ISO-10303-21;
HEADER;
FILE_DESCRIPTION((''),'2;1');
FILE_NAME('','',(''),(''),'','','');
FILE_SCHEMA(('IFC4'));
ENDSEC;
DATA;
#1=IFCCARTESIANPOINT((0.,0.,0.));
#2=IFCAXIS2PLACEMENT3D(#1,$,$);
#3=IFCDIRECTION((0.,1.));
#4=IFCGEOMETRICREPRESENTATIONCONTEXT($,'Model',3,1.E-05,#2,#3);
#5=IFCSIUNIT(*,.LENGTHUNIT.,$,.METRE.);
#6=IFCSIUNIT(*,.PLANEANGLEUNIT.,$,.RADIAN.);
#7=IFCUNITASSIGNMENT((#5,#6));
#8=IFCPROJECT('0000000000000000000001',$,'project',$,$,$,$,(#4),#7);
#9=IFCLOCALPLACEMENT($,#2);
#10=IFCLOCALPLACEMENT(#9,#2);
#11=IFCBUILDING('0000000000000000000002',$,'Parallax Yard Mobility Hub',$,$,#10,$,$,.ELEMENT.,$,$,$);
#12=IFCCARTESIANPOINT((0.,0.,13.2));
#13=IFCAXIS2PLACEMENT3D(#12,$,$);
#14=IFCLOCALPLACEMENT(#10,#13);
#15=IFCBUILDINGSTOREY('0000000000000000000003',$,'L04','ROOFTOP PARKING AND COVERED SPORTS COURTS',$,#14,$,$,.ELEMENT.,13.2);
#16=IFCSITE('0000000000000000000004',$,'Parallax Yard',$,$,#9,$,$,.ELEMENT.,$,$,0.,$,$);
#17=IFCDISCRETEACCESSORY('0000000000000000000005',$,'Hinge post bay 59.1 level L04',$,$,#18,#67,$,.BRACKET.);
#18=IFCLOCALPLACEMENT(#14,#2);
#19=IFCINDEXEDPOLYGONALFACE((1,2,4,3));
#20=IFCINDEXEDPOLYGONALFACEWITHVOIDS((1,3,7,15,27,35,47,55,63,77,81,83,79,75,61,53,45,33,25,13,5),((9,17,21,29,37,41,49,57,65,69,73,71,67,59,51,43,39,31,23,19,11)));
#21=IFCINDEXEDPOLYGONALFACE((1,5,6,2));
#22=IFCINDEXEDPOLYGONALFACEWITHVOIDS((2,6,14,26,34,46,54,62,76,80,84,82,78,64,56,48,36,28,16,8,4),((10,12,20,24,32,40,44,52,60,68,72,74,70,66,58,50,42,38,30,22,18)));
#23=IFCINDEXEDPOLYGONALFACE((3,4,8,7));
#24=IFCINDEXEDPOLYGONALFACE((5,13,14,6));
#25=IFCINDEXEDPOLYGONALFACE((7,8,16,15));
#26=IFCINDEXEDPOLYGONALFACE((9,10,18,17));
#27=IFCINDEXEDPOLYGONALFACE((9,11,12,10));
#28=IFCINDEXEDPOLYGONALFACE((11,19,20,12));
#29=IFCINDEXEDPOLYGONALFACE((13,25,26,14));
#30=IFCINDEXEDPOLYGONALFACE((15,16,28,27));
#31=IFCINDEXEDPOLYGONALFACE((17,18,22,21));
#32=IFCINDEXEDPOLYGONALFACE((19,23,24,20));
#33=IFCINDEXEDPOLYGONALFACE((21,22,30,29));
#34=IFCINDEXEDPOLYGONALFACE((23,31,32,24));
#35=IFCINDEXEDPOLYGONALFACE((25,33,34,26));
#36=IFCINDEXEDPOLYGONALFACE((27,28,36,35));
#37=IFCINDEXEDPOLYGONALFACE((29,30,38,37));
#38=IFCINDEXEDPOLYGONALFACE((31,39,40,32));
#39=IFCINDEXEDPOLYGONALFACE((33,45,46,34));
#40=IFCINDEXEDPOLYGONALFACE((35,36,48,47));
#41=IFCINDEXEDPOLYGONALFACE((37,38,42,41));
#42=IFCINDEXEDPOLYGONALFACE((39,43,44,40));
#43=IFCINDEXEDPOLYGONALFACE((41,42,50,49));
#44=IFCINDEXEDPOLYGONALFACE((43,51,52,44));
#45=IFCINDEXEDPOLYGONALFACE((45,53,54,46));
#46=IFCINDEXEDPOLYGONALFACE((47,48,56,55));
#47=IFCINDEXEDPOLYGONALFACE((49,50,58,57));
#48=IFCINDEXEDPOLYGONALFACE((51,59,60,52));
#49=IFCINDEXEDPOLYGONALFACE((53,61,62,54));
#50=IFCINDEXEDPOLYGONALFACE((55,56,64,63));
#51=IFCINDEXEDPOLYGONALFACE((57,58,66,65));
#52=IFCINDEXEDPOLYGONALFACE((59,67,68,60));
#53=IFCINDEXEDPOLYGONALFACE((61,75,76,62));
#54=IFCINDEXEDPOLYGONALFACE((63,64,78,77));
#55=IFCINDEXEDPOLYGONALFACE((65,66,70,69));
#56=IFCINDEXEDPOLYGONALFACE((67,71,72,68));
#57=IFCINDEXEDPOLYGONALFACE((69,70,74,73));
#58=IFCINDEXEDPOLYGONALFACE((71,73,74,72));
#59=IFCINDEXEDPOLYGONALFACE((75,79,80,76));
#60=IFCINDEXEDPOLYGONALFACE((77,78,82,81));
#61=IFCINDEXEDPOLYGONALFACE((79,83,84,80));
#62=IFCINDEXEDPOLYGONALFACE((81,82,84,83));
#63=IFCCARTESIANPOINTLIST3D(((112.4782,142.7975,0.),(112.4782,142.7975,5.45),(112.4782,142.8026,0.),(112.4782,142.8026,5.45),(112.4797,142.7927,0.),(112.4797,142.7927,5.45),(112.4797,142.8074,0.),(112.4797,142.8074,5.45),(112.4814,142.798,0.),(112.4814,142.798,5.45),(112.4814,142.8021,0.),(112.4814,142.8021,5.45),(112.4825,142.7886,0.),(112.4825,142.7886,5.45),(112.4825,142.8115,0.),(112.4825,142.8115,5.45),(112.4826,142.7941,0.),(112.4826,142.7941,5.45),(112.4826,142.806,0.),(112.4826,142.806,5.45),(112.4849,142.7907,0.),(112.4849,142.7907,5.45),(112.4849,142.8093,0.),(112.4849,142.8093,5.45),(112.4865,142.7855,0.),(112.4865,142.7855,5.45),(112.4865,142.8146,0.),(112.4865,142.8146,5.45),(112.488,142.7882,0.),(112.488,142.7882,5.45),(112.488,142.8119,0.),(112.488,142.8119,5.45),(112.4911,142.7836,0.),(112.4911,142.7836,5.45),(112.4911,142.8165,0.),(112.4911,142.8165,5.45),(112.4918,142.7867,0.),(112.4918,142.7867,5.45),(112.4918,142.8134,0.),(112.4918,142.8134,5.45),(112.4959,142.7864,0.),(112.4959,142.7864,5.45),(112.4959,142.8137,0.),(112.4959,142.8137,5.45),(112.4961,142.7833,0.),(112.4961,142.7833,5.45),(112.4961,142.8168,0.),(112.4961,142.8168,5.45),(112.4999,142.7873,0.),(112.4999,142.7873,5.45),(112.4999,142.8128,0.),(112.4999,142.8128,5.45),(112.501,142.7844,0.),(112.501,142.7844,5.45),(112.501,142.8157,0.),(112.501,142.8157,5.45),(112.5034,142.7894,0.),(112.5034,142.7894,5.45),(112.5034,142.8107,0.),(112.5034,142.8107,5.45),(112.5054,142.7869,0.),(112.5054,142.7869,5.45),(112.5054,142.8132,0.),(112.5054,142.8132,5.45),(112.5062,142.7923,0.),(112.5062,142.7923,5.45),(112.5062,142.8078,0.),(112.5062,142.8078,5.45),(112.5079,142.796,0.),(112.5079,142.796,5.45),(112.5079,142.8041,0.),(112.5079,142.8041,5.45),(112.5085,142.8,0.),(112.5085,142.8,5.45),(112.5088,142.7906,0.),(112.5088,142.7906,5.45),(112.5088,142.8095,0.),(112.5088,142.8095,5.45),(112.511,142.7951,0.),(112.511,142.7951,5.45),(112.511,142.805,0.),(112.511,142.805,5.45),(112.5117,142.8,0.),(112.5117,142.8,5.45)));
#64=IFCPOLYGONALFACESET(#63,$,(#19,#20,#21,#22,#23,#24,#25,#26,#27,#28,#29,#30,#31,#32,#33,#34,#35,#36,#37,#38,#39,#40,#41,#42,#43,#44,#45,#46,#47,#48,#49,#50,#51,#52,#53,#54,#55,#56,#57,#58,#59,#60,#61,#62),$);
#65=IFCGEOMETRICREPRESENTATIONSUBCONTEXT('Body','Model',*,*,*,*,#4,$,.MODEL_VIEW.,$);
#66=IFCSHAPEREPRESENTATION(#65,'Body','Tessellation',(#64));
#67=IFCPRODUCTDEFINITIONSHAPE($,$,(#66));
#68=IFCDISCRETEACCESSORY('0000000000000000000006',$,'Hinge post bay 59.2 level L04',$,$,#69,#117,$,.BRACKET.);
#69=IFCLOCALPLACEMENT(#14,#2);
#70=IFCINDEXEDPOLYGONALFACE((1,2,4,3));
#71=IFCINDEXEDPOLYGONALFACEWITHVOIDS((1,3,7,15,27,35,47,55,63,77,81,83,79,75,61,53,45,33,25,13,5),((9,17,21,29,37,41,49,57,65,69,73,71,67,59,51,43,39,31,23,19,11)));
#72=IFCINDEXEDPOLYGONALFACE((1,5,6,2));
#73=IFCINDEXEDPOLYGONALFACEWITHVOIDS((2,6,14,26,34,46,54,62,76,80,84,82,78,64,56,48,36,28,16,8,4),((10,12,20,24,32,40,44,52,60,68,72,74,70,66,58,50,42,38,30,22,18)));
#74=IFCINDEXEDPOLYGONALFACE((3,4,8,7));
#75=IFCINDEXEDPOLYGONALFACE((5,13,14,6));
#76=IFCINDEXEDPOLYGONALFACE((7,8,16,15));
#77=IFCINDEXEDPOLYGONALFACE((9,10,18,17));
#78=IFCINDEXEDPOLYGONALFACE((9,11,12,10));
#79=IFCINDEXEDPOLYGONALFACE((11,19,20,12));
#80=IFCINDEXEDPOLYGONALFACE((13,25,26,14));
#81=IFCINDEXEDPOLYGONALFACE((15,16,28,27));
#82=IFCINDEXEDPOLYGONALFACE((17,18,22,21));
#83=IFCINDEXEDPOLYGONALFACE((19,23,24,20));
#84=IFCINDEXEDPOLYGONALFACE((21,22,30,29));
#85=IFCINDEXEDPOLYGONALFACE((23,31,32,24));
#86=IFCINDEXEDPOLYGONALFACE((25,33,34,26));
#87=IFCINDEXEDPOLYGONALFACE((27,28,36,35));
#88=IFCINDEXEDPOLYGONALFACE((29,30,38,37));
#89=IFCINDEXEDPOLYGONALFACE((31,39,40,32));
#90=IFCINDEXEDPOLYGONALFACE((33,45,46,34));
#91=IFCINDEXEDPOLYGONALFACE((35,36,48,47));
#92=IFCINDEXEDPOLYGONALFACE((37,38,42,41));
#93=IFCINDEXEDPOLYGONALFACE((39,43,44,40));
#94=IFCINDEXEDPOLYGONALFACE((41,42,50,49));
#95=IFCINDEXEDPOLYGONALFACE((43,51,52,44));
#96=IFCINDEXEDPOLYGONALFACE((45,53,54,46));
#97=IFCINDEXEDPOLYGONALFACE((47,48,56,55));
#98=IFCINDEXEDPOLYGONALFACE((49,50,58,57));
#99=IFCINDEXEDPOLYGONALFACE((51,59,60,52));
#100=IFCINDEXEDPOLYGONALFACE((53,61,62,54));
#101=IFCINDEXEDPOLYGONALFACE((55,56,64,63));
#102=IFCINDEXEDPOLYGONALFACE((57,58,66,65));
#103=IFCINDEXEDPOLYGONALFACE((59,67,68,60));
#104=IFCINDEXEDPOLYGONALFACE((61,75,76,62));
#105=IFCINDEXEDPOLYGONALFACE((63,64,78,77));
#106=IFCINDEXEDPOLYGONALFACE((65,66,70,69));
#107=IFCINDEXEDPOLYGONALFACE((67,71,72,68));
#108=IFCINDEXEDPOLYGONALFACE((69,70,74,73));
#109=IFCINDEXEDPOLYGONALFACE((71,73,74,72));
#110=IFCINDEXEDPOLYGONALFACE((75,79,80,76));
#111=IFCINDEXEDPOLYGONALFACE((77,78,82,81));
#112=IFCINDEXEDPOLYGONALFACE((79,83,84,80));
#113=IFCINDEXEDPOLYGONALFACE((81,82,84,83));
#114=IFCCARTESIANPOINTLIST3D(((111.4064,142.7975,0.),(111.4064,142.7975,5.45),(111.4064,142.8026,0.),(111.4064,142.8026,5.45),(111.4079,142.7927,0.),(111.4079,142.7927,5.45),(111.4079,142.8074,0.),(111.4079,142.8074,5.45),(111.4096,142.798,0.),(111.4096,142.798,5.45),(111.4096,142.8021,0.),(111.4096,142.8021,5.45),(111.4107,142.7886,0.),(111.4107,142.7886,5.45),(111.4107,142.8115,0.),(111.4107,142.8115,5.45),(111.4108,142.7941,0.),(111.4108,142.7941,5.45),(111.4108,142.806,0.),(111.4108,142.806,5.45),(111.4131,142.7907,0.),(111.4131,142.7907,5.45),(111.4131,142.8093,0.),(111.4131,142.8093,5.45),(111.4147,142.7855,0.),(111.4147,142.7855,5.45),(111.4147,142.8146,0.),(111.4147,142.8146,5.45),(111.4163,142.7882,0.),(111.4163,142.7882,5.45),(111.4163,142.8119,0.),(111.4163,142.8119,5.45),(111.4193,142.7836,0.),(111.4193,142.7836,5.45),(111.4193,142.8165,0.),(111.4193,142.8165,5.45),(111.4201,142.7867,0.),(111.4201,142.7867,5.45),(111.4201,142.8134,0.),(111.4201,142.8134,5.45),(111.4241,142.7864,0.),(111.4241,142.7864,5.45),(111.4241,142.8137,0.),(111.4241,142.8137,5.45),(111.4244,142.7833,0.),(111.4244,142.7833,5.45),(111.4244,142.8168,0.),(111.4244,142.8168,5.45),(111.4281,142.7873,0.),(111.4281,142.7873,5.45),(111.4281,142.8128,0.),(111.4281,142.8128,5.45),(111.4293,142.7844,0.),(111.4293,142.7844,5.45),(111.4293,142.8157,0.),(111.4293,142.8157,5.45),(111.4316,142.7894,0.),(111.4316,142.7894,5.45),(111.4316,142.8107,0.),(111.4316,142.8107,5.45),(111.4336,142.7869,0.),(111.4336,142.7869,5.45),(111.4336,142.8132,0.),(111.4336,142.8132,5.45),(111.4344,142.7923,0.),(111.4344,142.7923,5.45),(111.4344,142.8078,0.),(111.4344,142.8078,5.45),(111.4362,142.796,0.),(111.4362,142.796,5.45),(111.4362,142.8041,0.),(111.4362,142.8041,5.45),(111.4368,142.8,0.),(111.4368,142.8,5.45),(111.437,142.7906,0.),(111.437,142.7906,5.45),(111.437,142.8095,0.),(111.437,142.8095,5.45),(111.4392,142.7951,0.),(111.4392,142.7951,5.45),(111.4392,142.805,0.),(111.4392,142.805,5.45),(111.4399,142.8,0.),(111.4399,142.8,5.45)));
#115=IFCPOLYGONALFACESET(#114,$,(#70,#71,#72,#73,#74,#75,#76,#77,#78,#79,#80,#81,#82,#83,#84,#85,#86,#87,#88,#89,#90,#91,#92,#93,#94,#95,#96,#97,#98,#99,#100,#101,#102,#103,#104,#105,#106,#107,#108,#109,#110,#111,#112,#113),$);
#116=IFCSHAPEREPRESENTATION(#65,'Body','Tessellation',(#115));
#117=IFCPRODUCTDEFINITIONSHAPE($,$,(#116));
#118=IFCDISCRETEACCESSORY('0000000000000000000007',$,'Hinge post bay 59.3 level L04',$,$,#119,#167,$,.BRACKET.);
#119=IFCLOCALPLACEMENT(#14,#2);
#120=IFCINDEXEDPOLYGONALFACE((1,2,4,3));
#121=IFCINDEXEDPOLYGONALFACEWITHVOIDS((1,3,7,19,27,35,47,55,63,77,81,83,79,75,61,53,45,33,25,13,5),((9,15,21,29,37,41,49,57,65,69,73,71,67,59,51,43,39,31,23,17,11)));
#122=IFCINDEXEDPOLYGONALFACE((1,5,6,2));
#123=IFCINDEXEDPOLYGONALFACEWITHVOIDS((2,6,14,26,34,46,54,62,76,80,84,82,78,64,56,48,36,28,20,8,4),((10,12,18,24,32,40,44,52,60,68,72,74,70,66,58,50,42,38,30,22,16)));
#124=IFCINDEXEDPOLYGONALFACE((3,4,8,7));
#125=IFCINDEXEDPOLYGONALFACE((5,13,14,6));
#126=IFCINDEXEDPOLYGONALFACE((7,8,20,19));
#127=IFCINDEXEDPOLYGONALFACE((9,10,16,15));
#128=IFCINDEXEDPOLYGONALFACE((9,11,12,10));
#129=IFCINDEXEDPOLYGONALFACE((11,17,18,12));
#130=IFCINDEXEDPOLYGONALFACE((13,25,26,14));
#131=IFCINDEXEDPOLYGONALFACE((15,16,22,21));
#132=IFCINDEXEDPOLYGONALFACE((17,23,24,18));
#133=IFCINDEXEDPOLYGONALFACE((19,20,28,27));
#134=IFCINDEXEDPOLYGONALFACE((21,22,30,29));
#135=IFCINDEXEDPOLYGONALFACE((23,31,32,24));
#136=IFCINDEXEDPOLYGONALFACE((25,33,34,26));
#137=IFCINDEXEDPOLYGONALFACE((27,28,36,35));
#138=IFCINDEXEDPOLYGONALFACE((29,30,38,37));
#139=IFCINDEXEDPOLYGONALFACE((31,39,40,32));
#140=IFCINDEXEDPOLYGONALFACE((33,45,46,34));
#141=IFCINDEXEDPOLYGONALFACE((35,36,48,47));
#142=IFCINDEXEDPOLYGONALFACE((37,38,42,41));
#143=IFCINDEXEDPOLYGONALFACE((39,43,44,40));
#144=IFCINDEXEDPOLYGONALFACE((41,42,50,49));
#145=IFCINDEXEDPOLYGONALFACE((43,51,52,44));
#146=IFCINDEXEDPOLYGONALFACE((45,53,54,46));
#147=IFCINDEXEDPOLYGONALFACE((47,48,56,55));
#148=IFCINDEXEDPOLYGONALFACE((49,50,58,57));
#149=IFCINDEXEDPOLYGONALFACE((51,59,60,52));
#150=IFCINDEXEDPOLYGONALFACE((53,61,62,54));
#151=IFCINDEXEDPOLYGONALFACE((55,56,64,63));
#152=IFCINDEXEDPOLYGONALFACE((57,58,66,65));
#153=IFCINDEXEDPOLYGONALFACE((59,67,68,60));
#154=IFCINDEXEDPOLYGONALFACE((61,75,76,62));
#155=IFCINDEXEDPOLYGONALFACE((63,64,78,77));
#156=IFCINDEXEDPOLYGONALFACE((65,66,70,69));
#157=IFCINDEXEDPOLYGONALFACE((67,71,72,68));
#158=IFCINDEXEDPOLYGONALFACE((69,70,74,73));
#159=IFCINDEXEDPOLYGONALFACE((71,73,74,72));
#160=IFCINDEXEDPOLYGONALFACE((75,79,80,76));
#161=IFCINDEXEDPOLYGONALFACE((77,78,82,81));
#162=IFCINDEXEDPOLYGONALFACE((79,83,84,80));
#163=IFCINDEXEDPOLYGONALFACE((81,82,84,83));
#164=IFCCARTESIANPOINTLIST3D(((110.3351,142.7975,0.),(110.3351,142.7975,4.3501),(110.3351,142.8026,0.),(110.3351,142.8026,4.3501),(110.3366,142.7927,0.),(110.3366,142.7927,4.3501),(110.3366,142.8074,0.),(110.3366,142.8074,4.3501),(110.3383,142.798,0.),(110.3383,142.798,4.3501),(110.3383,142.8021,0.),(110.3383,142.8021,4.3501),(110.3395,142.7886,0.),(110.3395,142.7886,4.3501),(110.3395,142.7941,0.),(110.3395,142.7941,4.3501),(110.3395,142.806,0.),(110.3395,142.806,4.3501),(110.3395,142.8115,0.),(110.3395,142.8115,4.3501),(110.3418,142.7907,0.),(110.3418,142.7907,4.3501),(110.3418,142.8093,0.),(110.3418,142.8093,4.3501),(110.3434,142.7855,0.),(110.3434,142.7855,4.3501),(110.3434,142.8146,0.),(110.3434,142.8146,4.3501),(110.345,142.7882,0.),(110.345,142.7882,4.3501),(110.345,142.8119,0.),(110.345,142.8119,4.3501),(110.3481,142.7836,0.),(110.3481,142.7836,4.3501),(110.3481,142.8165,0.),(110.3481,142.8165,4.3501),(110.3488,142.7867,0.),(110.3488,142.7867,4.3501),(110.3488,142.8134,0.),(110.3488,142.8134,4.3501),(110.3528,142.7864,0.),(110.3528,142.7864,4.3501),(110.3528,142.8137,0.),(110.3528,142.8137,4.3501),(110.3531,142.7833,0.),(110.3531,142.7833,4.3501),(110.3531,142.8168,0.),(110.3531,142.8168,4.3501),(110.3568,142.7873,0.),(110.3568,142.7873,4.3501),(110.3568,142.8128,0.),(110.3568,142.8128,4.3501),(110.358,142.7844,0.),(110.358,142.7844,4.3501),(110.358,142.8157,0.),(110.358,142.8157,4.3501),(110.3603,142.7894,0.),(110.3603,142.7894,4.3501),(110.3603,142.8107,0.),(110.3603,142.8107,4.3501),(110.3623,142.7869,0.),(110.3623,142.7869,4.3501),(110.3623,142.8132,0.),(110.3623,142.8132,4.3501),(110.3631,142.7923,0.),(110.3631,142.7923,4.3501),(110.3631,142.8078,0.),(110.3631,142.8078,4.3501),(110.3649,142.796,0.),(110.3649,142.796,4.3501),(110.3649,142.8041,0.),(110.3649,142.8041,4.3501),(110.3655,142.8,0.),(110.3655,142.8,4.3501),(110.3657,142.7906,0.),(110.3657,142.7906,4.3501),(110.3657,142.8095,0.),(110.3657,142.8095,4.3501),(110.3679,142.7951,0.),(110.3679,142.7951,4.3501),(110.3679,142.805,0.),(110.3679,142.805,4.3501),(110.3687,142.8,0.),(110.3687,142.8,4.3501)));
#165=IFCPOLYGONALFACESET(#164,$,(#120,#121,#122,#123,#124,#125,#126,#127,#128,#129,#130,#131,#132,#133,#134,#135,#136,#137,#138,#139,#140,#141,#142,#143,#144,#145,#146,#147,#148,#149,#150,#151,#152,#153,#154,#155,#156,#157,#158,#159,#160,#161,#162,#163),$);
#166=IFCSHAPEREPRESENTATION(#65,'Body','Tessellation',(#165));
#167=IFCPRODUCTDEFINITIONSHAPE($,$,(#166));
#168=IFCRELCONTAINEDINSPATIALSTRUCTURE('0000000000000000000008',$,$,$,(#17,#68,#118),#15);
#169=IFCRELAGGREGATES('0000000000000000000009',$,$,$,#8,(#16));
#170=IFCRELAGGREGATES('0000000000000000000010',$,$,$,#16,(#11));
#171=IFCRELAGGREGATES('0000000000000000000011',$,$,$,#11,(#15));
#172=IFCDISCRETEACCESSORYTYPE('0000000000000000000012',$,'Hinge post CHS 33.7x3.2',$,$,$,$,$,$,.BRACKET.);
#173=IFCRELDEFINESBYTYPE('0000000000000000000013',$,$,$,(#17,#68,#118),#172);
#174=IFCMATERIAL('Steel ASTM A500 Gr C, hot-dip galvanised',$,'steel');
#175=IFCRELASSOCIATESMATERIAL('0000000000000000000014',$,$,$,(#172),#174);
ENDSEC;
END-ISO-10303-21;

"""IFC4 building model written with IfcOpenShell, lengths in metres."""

from ifc_helpers import new_model, si_unit, direction, frame, origin, origin_2d, place, context, subcontext, project, spatial, hollow_circle, extrude, material, material_profile, profile_set, type_object, element, save


model = new_model("IFC4")

# Units and contexts
model_context = context("Model", 3, precision=1e-05, world=origin(), true_north=direction((0.0, 1.0)))
body_context = subcontext(model_context, "Body", "Model", "MODEL_VIEW")
ifc_project = project(units=[si_unit("LENGTHUNIT", "METRE"), si_unit("PLANEANGLEUNIT", "RADIAN")], contexts=[model_context])

# Site, building, storey
site_placement = place(None, origin())
site = spatial("IfcSite", under=ifc_project, at=site_placement, Name="Parallax Yard", CompositionType="ELEMENT", RefElevation=0.0)
building_placement = place(site_placement, origin())
building = spatial("IfcBuilding", under=site, at=building_placement, Name="Parallax Yard Mobility Hub", CompositionType="ELEMENT")
storey_placement = place(building_placement, frame((0.0, 0.0, 13.2)))
storey = spatial("IfcBuildingStorey", under=building, at=storey_placement, Name="L04", Description="ROOFTOP PARKING AND COVERED SPORTS COURTS", CompositionType="ELEMENT", Elevation=13.2)

# Discrete accessories
ifc_material_1 = material(Name="Steel ASTM A500 Gr C, hot-dip galvanised", Category="steel")
ifc_material_profile = material_profile(ifc_material_1, hollow_circle(Radius=0.0168, WallThickness=0.0032, at=origin_2d()), Name="CHS 33.7x3.2")
ifc_profile_set = profile_set([ifc_material_profile], Name="Steel ASTM A500 Gr C, hot-dip galvanised")
discrete_accessory_type = type_object("IfcDiscreteAccessoryType", Name="Hinge post CHS 33.7x3.2", PredefinedType="BRACKET", material=ifc_profile_set)
for number, where, z_axis, x_axis, name in (
    (1, (112.4949, 142.8, 0.0), (0.0, 0.0, 1.0), (1.0, 0.0, 0.0), "Hinge post bay 59.1 level L04"),
    (2, (111.4231, 142.8, 0.0), (0.0, 0.0, 1.0), (1.0, 0.0, 0.0), "Hinge post bay 59.2 level L04"),
):
    element("IfcDiscreteAccessory", number, at=place(storey_placement, frame(where, z_axis=z_axis, x_axis=x_axis)), inside=storey, type_object=discrete_accessory_type, Name=name, PredefinedType="BRACKET", context=body_context, shape_type="SweptSolid", body=[
        extrude(hollow_circle(Radius=0.0168, WallThickness=0.0032, at=origin_2d()), origin(), (0.0, 0.0, 1.0), 5.45),
    ])
for number, where, z_axis, x_axis, name in (
    (3, (110.3518, 142.8, 0.0), (0.0, 0.0, 1.0), (1.0, 0.0, 0.0), "Hinge post bay 59.3 level L04"),
):
    element("IfcDiscreteAccessory", number, at=place(storey_placement, frame(where, z_axis=z_axis, x_axis=x_axis)), inside=storey, type_object=discrete_accessory_type, Name=name, PredefinedType="BRACKET", context=body_context, shape_type="SweptSolid", body=[
        extrude(hollow_circle(Radius=0.0168, WallThickness=0.0032, at=origin_2d()), origin(), (0.0, 0.0, 1.0), 4.3501),
    ])

save(model, "model.ifc")
